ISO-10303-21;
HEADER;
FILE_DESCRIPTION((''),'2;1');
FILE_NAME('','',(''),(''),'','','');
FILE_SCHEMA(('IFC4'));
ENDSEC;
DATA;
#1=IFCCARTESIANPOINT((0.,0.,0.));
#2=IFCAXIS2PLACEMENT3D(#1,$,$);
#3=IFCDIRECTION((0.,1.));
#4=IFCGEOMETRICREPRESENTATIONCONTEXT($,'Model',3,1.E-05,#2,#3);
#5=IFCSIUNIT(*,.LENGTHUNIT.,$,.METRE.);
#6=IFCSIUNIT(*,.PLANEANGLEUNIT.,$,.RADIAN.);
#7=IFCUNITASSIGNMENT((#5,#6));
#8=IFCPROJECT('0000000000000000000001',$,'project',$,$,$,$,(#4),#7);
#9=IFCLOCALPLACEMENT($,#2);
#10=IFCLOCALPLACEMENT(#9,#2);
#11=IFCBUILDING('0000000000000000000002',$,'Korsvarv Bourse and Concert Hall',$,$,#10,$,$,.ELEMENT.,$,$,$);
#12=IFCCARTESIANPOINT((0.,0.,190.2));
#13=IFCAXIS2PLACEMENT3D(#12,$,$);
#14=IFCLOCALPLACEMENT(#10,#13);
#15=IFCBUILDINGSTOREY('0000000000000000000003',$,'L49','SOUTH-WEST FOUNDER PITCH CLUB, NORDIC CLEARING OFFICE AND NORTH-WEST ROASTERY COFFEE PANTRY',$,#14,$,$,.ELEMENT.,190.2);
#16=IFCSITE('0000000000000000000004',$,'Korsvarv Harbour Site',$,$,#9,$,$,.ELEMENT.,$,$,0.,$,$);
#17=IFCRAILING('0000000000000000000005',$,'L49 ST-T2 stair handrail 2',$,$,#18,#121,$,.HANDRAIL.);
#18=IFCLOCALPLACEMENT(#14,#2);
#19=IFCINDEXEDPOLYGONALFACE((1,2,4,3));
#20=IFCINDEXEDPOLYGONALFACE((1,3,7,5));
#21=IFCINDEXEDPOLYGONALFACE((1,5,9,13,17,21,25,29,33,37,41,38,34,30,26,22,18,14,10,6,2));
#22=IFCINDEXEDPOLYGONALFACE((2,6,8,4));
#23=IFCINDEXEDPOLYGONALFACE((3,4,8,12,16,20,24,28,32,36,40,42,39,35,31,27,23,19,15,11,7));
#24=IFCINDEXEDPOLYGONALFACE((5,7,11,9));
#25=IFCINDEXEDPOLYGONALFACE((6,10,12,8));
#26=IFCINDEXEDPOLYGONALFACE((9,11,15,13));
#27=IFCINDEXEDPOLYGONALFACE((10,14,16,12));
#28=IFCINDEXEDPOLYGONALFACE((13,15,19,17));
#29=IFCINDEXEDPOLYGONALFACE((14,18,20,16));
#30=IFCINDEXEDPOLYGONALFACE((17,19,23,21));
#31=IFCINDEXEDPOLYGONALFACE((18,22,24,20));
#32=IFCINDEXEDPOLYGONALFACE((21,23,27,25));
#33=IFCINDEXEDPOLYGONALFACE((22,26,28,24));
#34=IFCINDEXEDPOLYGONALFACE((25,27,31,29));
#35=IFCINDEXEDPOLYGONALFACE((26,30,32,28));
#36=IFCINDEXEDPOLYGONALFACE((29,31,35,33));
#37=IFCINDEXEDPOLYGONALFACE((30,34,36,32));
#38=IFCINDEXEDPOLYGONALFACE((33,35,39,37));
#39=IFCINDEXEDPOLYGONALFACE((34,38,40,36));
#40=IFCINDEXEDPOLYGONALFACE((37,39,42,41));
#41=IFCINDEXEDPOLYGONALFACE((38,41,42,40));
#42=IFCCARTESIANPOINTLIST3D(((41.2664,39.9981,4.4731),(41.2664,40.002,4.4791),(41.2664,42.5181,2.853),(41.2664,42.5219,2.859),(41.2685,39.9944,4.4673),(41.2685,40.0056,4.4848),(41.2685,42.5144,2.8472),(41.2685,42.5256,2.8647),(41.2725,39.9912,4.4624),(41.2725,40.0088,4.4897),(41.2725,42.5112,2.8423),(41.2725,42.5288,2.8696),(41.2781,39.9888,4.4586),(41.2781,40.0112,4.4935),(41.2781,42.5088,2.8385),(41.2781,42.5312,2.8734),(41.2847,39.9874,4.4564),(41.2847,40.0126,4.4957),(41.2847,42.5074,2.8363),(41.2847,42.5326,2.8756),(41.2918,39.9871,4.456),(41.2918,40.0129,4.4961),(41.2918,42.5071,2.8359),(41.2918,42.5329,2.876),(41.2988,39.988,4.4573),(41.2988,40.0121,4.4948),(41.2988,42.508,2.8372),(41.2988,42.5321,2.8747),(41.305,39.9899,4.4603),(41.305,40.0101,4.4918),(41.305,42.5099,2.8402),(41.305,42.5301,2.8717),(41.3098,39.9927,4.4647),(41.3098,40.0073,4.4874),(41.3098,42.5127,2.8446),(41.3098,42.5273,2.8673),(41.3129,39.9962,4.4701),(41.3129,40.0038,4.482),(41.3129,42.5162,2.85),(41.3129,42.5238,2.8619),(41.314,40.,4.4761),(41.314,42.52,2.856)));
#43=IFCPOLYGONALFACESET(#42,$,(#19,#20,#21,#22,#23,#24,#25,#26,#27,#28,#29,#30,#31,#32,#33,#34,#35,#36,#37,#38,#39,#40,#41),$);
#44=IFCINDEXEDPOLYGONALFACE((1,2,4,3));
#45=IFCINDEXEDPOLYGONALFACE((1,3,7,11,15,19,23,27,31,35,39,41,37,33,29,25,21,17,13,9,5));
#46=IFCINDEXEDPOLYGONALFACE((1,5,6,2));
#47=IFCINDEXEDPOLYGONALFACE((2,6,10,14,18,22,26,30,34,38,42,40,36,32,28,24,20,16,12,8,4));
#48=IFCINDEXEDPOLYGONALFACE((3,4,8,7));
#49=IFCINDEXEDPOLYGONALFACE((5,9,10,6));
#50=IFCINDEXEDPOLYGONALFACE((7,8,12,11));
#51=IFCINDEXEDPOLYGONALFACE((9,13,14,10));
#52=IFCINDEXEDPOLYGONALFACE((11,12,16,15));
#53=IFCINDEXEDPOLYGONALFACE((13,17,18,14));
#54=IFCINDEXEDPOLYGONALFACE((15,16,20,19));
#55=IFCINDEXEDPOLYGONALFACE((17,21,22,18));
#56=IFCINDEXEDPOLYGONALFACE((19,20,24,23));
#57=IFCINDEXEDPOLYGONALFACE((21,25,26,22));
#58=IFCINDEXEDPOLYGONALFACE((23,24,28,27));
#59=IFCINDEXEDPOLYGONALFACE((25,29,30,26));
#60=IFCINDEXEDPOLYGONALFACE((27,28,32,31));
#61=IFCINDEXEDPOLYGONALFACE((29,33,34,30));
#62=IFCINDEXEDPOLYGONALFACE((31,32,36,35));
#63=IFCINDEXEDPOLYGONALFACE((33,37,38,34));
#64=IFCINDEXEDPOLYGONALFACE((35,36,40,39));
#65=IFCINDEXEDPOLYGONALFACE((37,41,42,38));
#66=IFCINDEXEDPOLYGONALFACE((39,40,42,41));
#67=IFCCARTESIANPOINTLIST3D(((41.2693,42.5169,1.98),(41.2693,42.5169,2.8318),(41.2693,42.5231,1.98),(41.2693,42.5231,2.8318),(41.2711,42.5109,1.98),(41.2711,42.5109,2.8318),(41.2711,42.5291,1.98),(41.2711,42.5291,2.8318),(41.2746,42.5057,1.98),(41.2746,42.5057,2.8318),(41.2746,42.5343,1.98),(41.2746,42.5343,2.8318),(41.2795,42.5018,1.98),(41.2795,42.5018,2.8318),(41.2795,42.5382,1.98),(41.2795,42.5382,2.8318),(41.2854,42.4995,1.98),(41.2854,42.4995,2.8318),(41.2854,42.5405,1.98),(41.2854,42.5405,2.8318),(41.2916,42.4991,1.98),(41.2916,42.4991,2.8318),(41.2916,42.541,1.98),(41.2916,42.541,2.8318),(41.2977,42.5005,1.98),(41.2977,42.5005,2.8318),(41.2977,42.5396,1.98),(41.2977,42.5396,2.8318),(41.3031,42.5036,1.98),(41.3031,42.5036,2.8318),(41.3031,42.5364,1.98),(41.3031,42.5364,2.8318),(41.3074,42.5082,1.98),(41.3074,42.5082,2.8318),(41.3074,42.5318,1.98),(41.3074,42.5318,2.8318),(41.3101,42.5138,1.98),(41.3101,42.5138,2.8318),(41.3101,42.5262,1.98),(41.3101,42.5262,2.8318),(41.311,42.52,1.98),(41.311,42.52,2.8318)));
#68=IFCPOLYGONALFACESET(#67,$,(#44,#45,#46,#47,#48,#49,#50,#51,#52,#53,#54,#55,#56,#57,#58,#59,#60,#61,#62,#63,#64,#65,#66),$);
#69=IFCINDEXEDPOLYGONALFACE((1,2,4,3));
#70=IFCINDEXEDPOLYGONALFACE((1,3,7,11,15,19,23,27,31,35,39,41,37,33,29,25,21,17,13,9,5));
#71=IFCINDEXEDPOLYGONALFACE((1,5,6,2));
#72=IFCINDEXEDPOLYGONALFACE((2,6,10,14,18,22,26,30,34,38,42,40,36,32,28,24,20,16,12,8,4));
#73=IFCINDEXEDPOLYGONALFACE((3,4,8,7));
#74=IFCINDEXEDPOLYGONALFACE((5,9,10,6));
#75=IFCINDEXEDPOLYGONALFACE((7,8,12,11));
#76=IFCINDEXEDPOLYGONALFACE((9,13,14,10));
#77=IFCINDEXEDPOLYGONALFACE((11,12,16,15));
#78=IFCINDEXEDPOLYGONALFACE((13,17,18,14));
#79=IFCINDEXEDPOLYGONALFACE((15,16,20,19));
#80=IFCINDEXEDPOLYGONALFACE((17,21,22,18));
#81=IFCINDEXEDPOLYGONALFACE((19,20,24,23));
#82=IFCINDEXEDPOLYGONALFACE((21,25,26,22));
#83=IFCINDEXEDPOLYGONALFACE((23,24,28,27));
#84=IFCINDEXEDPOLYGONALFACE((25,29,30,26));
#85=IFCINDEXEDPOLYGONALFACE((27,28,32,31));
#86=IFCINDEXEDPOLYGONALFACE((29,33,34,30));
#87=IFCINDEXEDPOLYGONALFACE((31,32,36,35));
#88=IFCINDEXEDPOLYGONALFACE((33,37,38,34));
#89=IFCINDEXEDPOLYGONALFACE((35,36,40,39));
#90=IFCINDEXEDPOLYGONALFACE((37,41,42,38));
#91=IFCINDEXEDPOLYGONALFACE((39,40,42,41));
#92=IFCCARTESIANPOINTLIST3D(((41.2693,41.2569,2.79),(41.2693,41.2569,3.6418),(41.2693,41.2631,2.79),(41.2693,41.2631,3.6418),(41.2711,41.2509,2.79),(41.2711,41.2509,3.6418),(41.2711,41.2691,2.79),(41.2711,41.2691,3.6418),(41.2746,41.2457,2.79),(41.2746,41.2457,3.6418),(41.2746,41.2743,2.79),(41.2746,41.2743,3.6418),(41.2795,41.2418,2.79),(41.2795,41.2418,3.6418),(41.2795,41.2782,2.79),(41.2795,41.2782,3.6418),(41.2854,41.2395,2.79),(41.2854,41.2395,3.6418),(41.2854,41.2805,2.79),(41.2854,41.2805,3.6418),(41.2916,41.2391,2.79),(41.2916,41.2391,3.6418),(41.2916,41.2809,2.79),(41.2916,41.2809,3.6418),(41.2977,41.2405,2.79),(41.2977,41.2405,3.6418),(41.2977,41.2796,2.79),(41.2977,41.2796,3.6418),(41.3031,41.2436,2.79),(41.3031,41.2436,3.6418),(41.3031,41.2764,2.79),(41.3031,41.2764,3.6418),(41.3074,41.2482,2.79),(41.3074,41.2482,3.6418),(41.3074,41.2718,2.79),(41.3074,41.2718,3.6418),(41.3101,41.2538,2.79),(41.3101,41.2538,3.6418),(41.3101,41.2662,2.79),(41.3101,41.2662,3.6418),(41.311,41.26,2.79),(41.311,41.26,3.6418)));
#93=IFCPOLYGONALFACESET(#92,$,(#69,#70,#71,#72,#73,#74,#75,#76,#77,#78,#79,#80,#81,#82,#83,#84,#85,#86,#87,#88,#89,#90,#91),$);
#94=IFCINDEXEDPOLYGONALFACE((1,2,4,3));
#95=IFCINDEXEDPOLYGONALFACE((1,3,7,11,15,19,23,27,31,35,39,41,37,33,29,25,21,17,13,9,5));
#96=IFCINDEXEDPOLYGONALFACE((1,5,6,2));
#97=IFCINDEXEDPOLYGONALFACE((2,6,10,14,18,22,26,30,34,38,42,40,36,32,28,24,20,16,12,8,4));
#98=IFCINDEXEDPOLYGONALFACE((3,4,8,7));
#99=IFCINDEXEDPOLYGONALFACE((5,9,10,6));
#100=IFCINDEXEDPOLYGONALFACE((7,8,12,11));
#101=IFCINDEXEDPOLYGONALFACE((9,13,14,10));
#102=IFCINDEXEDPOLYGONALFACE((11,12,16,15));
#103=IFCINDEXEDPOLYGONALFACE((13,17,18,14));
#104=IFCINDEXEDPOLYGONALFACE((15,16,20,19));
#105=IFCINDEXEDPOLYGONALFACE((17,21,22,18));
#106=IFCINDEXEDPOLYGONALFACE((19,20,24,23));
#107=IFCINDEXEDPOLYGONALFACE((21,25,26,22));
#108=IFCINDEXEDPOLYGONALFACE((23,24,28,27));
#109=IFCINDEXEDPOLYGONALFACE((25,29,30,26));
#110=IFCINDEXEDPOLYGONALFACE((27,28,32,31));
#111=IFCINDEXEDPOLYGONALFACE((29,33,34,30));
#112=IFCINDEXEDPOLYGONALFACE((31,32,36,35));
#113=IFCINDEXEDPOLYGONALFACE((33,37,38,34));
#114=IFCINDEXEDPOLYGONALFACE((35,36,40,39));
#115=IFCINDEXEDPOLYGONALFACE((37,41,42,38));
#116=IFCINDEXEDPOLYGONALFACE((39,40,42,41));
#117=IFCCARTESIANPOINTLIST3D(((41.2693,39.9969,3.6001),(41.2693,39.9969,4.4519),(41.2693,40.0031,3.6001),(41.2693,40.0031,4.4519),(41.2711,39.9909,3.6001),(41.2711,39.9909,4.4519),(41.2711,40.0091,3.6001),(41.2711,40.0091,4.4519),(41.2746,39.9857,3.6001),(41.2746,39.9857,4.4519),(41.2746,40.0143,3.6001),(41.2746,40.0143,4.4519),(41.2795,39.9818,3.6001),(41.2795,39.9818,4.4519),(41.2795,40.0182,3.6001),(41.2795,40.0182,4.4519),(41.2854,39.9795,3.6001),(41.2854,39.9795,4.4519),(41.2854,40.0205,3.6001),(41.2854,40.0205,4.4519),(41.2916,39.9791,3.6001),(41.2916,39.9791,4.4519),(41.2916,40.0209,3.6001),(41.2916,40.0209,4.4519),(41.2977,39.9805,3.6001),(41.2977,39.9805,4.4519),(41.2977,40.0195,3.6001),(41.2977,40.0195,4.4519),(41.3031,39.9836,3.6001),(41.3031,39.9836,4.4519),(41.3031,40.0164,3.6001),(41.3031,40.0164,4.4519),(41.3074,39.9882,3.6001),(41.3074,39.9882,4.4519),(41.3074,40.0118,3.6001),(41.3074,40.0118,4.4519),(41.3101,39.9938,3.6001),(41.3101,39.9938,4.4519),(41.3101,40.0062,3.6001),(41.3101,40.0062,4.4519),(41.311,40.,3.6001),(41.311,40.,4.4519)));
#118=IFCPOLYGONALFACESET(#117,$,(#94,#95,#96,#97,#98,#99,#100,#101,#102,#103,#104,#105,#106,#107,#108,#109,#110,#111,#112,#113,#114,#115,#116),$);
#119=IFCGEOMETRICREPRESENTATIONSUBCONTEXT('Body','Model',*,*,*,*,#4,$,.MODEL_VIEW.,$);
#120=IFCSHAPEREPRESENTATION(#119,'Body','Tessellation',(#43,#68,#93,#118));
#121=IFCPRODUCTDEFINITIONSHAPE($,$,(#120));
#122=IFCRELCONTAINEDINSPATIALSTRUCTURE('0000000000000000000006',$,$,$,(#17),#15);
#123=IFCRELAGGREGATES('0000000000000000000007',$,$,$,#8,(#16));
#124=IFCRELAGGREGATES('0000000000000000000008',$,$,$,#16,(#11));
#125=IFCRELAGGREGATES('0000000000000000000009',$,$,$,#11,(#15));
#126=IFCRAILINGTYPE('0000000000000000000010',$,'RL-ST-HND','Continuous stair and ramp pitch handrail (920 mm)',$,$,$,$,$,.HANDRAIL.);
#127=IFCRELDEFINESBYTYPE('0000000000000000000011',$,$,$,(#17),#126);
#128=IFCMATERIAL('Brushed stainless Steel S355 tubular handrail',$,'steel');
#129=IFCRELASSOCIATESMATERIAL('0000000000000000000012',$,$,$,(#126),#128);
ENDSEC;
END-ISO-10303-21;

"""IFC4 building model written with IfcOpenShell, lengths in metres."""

from ifc_helpers import new_model, si_unit, direction, frame, origin, origin_2d, place, context, subcontext, project, spatial, circle, extrude, material, type_object, element, save


model = new_model("IFC4")

# Units and contexts
model_context = context("Model", 3, precision=1e-05, world=origin(), true_north=direction((0.0, 1.0)))
body_context = subcontext(model_context, "Body", "Model", "MODEL_VIEW")
ifc_project = project(units=[si_unit("LENGTHUNIT", "METRE"), si_unit("PLANEANGLEUNIT", "RADIAN")], contexts=[model_context])

# Site, building, storey
site_placement = place(None, origin())
site = spatial("IfcSite", under=ifc_project, at=site_placement, Name="Korsvarv Harbour Site", CompositionType="ELEMENT", RefElevation=0.0)
building_placement = place(site_placement, origin())
building = spatial("IfcBuilding", under=site, at=building_placement, Name="Korsvarv Bourse and Concert Hall", CompositionType="ELEMENT")
storey_placement = place(building_placement, frame((0.0, 0.0, 190.2)))
storey = spatial("IfcBuildingStorey", under=building, at=storey_placement, Name="L49", Description="SOUTH-WEST FOUNDER PITCH CLUB, NORDIC CLEARING OFFICE AND NORTH-WEST ROASTERY COFFEE PANTRY", CompositionType="ELEMENT", Elevation=190.2)

# Railing
ifc_material_1 = material(Name="Brushed stainless Steel S355 tubular handrail", Category="steel")
railing_type = type_object("IfcRailingType", Name="RL-ST-HND", Description="Continuous stair and ramp pitch handrail (920 mm)", PredefinedType="HANDRAIL", material=ifc_material_1)
railing_placement = place(storey_placement, frame((41.29, 42.52, 1.98)))
element("IfcRailing", 1, at=railing_placement, inside=storey, type_object=railing_type, Name="L49 ST-T2 stair handrail 2", PredefinedType="HANDRAIL", context=body_context, shape_type="SweptSolid", body=[
    extrude(circle(Radius=0.0239, at=origin_2d()), frame((0.0, 0.0, 0.876), z_axis=(0.0, -0.841163, 0.540782), x_axis=(1.0, 0.0, 0.0)), (0.0, 0.0, 1.0), 2.9958),
    extrude(circle(Radius=0.021, at=origin_2d()), origin(), (0.0, 0.0, 1.0), 0.8518),
    extrude(circle(Radius=0.021, at=origin_2d()), frame((0.0, -1.26, 0.8101)), (0.0, 0.0, 1.0), 0.8518),
    extrude(circle(Radius=0.021, at=origin_2d()), frame((0.0, -2.52, 1.6201)), (0.0, 0.0, 1.0), 0.8518),
])

save(model, "model.ifc")
